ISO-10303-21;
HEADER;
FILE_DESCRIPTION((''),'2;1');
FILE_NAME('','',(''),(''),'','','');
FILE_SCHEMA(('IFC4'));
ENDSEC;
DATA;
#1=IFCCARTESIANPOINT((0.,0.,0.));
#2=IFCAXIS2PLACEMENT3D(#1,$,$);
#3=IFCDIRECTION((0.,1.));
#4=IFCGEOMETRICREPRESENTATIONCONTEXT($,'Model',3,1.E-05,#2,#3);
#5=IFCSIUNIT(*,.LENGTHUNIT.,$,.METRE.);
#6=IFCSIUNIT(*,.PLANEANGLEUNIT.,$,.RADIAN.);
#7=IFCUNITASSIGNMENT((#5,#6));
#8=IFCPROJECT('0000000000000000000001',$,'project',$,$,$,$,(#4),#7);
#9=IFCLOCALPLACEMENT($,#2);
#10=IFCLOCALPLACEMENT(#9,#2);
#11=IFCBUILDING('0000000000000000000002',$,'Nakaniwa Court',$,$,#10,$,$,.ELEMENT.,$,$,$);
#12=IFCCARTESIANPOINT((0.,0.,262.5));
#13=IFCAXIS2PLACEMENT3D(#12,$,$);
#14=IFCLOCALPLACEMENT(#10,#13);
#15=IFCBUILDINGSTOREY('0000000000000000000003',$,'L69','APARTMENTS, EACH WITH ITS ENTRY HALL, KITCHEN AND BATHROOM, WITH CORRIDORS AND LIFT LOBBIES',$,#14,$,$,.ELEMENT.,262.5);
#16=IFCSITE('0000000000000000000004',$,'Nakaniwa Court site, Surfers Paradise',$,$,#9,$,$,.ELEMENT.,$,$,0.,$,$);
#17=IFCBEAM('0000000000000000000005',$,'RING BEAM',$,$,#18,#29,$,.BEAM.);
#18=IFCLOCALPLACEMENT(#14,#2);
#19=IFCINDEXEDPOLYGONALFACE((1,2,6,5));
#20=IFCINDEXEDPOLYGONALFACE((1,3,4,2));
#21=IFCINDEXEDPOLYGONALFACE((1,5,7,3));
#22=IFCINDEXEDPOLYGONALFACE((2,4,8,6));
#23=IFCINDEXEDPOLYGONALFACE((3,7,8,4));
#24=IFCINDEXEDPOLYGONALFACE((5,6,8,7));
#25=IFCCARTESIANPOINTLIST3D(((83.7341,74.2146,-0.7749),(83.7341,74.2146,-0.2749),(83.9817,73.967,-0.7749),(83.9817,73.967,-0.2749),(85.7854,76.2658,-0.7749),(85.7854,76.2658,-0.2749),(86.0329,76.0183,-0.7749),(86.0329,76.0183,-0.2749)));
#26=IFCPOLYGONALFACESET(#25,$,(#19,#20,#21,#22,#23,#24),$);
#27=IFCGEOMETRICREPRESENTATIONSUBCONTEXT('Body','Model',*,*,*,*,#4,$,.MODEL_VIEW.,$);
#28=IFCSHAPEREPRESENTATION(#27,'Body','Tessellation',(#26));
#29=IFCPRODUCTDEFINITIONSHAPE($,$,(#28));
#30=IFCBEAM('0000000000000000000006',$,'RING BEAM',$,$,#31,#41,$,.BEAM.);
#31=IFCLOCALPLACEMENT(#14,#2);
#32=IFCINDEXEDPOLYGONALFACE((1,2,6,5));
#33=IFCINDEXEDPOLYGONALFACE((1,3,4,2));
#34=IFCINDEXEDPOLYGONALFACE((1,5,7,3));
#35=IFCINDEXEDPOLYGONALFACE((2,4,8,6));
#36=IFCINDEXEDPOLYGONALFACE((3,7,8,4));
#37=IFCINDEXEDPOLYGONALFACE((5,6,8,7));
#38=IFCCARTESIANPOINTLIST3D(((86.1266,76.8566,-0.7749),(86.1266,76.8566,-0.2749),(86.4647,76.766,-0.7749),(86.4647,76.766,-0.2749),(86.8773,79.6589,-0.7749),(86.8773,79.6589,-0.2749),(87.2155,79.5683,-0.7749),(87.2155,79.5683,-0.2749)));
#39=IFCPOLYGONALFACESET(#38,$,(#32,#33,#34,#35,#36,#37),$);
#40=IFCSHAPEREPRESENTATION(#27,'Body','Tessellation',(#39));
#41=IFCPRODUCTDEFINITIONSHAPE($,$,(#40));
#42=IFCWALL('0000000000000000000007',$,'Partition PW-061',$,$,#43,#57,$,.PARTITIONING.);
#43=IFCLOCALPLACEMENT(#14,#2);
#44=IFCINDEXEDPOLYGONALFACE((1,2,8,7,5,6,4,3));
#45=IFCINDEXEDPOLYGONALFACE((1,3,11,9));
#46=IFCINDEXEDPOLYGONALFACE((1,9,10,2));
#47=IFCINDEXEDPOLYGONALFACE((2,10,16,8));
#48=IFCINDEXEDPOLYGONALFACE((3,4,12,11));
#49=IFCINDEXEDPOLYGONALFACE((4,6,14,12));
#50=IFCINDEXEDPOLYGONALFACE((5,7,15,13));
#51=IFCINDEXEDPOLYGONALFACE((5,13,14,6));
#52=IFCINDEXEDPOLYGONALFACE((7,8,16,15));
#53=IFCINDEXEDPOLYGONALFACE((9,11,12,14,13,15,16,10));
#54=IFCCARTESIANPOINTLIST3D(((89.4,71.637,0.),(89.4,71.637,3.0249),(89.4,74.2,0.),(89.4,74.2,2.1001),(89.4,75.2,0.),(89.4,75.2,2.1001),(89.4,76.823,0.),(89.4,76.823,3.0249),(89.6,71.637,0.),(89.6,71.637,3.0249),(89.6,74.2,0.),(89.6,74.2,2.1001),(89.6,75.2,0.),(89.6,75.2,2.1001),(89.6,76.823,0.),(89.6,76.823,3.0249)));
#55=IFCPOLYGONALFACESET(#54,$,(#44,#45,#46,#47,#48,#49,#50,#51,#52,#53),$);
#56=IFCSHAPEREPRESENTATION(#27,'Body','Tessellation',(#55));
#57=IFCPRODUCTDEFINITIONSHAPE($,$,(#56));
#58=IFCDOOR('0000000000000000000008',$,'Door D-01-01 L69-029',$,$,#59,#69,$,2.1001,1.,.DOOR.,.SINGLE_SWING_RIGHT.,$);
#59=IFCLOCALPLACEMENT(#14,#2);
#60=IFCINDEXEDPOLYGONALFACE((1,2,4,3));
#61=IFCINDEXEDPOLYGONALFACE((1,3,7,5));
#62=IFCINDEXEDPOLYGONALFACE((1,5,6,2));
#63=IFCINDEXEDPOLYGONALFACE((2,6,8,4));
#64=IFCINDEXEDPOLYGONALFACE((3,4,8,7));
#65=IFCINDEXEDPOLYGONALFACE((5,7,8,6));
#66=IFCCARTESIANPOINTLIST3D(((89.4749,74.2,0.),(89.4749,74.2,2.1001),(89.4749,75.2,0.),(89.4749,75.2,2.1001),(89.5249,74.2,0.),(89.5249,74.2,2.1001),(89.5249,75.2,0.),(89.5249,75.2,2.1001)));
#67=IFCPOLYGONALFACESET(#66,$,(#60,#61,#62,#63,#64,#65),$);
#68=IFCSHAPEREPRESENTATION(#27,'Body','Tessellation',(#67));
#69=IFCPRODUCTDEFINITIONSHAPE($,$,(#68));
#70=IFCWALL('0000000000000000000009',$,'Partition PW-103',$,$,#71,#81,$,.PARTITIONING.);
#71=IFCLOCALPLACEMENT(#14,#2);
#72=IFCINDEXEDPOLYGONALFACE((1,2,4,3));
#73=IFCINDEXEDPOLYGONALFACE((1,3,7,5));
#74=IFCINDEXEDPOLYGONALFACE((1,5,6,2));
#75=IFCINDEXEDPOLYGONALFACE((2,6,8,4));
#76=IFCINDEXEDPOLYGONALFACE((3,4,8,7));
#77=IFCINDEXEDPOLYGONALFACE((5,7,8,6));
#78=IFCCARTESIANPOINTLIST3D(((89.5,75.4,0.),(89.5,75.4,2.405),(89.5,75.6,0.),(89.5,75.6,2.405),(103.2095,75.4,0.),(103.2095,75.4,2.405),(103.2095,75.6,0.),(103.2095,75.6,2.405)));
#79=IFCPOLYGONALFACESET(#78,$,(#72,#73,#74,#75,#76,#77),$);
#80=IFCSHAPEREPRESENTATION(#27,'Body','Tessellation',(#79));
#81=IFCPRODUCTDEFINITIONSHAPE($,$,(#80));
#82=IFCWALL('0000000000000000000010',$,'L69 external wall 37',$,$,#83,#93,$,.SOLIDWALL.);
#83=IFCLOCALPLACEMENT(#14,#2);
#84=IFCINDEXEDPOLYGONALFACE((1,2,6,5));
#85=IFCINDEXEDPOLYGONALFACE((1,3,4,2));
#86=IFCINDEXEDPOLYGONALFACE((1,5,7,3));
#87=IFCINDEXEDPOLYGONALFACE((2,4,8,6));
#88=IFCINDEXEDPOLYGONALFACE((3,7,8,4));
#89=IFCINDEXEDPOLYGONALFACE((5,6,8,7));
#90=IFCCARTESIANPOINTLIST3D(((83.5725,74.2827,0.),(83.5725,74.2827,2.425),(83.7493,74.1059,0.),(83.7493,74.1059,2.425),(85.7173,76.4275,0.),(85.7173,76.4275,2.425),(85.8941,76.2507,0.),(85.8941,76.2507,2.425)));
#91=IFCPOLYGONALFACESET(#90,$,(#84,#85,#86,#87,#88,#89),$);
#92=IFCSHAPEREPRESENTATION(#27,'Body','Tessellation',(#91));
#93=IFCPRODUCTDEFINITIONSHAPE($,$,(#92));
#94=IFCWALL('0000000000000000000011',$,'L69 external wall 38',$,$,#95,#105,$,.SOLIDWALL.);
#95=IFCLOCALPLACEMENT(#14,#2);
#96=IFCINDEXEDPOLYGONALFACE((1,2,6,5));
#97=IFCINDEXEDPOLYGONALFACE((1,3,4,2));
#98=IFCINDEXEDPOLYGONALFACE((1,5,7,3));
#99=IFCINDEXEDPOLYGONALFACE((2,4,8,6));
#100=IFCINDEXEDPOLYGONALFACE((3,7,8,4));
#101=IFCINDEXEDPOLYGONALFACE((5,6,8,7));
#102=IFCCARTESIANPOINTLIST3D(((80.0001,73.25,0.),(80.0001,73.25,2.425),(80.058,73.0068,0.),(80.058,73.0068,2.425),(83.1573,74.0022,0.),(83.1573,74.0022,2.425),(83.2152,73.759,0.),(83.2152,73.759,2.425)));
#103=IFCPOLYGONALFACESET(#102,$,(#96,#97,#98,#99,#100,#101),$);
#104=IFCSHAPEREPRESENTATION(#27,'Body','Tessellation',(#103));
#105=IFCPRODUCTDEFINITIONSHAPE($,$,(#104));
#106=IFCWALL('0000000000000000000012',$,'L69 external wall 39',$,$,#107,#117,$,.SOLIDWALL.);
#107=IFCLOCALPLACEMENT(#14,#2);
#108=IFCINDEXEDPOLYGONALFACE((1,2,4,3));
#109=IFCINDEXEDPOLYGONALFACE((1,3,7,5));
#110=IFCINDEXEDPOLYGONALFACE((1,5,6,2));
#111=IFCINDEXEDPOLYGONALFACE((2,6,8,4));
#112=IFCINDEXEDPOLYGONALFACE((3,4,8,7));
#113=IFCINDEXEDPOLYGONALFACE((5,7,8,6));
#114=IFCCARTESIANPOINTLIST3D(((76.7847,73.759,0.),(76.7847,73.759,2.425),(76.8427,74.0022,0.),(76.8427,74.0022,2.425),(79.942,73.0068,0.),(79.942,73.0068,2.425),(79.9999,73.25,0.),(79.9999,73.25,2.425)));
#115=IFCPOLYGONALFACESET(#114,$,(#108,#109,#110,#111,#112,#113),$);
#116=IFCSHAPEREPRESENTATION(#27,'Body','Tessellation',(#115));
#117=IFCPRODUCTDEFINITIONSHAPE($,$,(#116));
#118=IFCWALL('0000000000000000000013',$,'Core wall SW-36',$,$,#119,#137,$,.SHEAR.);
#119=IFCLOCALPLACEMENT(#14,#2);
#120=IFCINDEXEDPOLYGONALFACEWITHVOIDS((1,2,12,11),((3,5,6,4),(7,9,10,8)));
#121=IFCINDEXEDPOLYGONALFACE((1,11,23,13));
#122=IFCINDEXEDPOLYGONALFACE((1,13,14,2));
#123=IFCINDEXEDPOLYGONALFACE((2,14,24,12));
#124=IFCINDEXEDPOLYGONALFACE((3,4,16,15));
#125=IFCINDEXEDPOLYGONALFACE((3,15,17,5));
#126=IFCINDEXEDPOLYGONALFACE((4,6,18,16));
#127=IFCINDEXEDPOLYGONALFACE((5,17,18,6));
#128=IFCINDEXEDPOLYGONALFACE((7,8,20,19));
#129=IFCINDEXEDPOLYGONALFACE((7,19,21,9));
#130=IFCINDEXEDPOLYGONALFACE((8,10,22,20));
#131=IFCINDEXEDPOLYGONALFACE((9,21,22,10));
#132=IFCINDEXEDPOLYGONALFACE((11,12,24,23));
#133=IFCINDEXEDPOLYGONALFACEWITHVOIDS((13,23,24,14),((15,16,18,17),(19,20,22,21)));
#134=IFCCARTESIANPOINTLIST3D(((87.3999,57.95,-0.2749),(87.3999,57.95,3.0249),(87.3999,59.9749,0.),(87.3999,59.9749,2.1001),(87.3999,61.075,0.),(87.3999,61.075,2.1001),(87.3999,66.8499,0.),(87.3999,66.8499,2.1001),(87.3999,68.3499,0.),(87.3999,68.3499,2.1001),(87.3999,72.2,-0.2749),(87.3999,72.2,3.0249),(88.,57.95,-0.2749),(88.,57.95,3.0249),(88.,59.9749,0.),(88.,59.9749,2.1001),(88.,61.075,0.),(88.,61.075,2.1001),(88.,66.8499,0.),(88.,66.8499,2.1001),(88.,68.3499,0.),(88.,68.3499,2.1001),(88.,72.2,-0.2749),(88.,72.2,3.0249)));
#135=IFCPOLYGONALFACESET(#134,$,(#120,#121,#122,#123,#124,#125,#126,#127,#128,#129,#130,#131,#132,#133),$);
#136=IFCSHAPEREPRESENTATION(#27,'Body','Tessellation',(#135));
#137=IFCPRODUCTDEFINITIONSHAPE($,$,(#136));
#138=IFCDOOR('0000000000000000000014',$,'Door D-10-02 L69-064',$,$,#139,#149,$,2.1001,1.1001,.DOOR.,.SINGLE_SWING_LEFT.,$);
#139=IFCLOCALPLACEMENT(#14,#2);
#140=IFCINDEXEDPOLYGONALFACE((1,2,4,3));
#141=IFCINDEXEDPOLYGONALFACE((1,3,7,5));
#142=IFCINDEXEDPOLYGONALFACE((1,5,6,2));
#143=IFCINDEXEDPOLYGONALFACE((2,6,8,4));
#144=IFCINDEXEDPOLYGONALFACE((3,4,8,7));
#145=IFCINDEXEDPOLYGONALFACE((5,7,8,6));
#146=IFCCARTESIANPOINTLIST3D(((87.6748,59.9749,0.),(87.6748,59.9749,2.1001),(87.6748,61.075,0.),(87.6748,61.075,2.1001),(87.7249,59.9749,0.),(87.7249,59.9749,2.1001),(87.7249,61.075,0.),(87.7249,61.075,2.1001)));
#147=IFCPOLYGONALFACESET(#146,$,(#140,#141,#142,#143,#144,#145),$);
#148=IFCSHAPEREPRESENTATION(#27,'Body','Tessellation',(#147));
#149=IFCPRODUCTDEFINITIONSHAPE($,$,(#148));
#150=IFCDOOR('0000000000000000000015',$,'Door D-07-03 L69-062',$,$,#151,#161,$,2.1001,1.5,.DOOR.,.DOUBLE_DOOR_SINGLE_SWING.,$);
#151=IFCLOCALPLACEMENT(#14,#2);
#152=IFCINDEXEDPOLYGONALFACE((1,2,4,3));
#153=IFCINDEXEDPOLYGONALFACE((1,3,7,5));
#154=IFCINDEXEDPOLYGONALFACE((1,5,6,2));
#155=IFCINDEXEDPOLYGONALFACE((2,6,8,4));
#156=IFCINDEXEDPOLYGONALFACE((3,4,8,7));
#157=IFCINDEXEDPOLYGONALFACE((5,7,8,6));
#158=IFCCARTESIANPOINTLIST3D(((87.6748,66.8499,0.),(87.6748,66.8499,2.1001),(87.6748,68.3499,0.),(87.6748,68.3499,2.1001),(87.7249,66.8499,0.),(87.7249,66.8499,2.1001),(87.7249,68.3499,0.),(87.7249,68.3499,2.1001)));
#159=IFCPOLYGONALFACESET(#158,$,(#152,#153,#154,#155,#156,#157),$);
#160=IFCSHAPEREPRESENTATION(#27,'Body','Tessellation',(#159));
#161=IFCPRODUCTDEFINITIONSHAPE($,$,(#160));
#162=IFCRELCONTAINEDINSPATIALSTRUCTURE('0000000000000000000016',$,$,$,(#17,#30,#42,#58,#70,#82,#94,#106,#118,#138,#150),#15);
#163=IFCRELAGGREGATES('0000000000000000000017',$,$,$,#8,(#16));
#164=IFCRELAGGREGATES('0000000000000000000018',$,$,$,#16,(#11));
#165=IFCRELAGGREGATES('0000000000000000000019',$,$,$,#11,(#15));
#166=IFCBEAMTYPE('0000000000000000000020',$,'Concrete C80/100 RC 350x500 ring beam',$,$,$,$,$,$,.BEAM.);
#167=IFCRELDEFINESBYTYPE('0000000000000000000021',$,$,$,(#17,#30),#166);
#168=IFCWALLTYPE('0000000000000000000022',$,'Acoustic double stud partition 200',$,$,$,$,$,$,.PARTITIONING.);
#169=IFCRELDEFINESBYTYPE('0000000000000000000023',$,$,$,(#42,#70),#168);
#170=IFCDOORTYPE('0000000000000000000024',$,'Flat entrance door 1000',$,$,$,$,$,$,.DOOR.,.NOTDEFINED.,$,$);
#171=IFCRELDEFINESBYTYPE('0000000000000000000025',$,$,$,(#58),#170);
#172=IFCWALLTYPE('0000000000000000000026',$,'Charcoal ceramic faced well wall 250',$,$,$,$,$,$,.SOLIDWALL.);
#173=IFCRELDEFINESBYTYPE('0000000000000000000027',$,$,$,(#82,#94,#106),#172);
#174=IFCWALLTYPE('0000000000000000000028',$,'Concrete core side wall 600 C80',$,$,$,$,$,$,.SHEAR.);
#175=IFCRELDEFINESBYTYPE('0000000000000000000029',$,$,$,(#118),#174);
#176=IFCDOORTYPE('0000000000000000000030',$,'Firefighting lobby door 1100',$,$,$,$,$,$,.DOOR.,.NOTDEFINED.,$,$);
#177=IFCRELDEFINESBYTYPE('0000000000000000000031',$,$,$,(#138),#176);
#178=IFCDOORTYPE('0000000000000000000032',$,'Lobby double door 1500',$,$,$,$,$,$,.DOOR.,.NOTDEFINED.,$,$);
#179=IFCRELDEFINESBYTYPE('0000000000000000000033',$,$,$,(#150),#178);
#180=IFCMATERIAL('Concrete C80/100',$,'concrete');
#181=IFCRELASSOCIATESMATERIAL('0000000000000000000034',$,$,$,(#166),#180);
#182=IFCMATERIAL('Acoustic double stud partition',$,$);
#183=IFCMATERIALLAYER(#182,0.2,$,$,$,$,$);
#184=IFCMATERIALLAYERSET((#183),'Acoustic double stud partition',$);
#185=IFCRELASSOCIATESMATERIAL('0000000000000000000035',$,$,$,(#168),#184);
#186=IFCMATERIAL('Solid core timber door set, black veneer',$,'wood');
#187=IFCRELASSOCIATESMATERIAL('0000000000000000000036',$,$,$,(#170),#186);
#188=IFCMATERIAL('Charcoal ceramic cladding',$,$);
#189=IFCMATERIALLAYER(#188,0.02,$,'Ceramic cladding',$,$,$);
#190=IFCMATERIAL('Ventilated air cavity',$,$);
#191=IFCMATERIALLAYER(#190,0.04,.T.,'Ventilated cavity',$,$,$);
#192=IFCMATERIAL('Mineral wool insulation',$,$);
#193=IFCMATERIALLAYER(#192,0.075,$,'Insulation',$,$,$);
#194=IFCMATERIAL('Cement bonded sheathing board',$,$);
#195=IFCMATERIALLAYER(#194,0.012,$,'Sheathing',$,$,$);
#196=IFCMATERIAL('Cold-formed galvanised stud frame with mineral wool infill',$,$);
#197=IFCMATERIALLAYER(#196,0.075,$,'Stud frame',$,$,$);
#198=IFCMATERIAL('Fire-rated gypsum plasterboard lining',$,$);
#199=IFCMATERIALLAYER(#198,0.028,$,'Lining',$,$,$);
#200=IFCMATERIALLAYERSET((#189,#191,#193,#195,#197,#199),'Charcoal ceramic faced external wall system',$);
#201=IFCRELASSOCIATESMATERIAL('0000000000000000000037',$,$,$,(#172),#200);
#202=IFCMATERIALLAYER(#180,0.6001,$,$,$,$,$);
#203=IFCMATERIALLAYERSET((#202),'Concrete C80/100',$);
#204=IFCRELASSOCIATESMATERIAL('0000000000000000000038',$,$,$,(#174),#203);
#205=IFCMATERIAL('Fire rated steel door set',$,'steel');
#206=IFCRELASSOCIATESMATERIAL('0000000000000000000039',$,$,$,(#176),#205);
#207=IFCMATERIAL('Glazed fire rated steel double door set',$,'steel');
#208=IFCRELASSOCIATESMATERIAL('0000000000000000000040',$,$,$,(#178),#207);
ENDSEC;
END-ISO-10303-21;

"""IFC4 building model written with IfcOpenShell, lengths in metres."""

from ifc_helpers import new_model, si_unit, direction, frame, frame_2d, origin, origin_2d, place, context, subcontext, project, spatial, rectangle, extrude, material, layer, layer_set, material_profile, profile_set, type_object, element, fill, save


model = new_model("IFC4")

# Units and contexts
model_context = context("Model", 3, precision=1e-05, world=origin(), true_north=direction((0.0, 1.0)))
body_context = subcontext(model_context, "Body", "Model", "MODEL_VIEW")
ifc_project = project(units=[si_unit("LENGTHUNIT", "METRE"), si_unit("PLANEANGLEUNIT", "RADIAN")], contexts=[model_context])

# Site, building, storey
site_placement = place(None, origin())
site = spatial("IfcSite", under=ifc_project, at=site_placement, Name="Nakaniwa Court site, Surfers Paradise", CompositionType="ELEMENT", RefElevation=0.0)
building_placement = place(site_placement, origin())
building = spatial("IfcBuilding", under=site, at=building_placement, Name="Nakaniwa Court", CompositionType="ELEMENT")
storey_placement = place(building_placement, frame((0.0, 0.0, 262.5)))
storey = spatial("IfcBuildingStorey", under=building, at=storey_placement, Name="L69", Description="APARTMENTS, EACH WITH ITS ENTRY HALL, KITCHEN AND BATHROOM, WITH CORRIDORS AND LIFT LOBBIES", CompositionType="ELEMENT", Elevation=262.5)

# Shared definitions
ifc_material_1 = material(Name="Concrete C80/100", Category="concrete")

# Beams
ifc_material_profile_1 = material_profile(ifc_material_1, rectangle(XDim=0.3501, YDim=0.5, at=origin_2d()), Name="Concrete C80/100 RC 350x500 ring beam")
ifc_profile_set_1 = profile_set([ifc_material_profile_1], Name="Concrete C80/100")
beam_type = type_object("IfcBeamType", Name="Concrete C80/100 RC 350x500 ring beam", PredefinedType="BEAM", material=ifc_profile_set_1)
beam_1_placement = place(storey_placement, frame((83.8579, 74.0908, -0.5249), z_axis=(0.707107, 0.707107, 0.0), x_axis=(-0.707107, 0.707107, 0.0)))
element("IfcBeam", 1, at=beam_1_placement, inside=storey, type_object=beam_type, Name="RING BEAM", PredefinedType="BEAM", context=body_context, shape_type="SweptSolid", body=[
    extrude(rectangle(XDim=0.3501, YDim=0.5, at=origin_2d()), origin(), (0.0, 0.0, 1.0), 2.9009),
])
beam_2_placement = place(storey_placement, frame((86.2957, 76.8113, -0.5249), z_axis=(0.258778, 0.965937, 0.0), x_axis=(-0.965937, 0.258778, 0.0)))
element("IfcBeam", 2, at=beam_2_placement, inside=storey, type_object=beam_type, Name="RING BEAM", PredefinedType="BEAM", context=body_context, shape_type="SweptSolid", body=[
    extrude(rectangle(XDim=0.3501, YDim=0.5, at=origin_2d()), origin(), (0.0, 0.0, 1.0), 2.9011),
])

# Wall, opening, door
ifc_material_2 = material(Name="Acoustic double stud partition")
ifc_layer_1 = layer(ifc_material_2, 0.2)
ifc_layer_set_1 = layer_set([ifc_layer_1], Name="Acoustic double stud partition")
wall_type_1 = type_object("IfcWallType", Name="Acoustic double stud partition 200", PredefinedType="PARTITIONING", material=ifc_layer_set_1)
wall_1_placement = place(storey_placement, frame((89.5, 76.823, 0.0), z_axis=(0.0, 0.0, 1.0), x_axis=(0.0, -1.0, 0.0)))
wall_1 = element("IfcWall", 3, at=wall_1_placement, inside=storey, type_object=wall_type_1, Name="Partition PW-061", PredefinedType="PARTITIONING", context=body_context, shape_type="SweptSolid", body=[
    extrude(rectangle(XDim=5.186, YDim=0.2, at=frame_2d((2.593, 0.0))), origin(), (0.0, 0.0, 1.0), 3.0249),
])
opening_1_placement = place(wall_1_placement, frame((1.623, 0.0, 0.0)))
opening_1 = element("IfcOpeningElement", 4, at=opening_1_placement, cuts=wall_1, PredefinedType="OPENING", context=body_context, shape_type="SweptSolid", body=[
    extrude(rectangle(XDim=1.0, YDim=2.1001, at=frame_2d((0.5, 1.05))), frame((0.0, 0.1099, 0.0), z_axis=(0.0, -1.0, 0.0), x_axis=(1.0, 0.0, 0.0)), (0.0, 0.0, 1.0), 0.22),
])
ifc_material_3 = material(Name="Solid core timber door set, black veneer", Category="wood")
door_type_1 = type_object("IfcDoorType", Name="Flat entrance door 1000", OperationType="NOTDEFINED", PredefinedType="DOOR", material=ifc_material_3)
door_1_placement = place(opening_1_placement, origin())
door_1 = element("IfcDoor", 5, at=door_1_placement, inside=storey, type_object=door_type_1, Name="Door D-01-01 L69-029", OperationType="SINGLE_SWING_RIGHT", OverallHeight=2.1001, OverallWidth=1.0, PredefinedType="DOOR", context=body_context, shape_type="SweptSolid", body=[
    extrude(rectangle(XDim=1.0, YDim=2.1001, at=frame_2d((0.5, 1.05))), frame((0.0, 0.0249, 0.0), z_axis=(0.0, -1.0, 0.0), x_axis=(1.0, 0.0, 0.0)), (0.0, 0.0, 1.0), 0.05),
])
fill(opening_1, door_1)

# Walls
wall_2_placement = place(storey_placement, frame((89.5, 75.5, 0.0), z_axis=(0.0, 0.0, 1.0), x_axis=(1.0, 0.0, 0.0)))
element("IfcWall", 6, at=wall_2_placement, inside=storey, type_object=wall_type_1, Name="Partition PW-103", PredefinedType="PARTITIONING", context=body_context, shape_type="SweptSolid", body=[
    extrude(rectangle(XDim=13.7095, YDim=0.2, at=frame_2d((6.8547, 0.0))), origin(), (0.0, 0.0, 1.0), 2.405),
])
ifc_material_4 = material(Name="Charcoal ceramic cladding")
ifc_layer_2 = layer(ifc_material_4, 0.02, Name="Ceramic cladding")
ifc_material_5 = material(Name="Ventilated air cavity")
ifc_layer_3 = layer(ifc_material_5, 0.04, ventilated=True, Name="Ventilated cavity")
ifc_material_6 = material(Name="Mineral wool insulation")
ifc_layer_4 = layer(ifc_material_6, 0.075, Name="Insulation")
ifc_material_7 = material(Name="Cement bonded sheathing board")
ifc_layer_5 = layer(ifc_material_7, 0.012, Name="Sheathing")
ifc_material_8 = material(Name="Cold-formed galvanised stud frame with mineral wool infill")
ifc_layer_6 = layer(ifc_material_8, 0.075, Name="Stud frame")
ifc_material_9 = material(Name="Fire-rated gypsum plasterboard lining")
ifc_layer_7 = layer(ifc_material_9, 0.028, Name="Lining")
ifc_layer_set_2 = layer_set([ifc_layer_2, ifc_layer_3, ifc_layer_4, ifc_layer_5, ifc_layer_6, ifc_layer_7], Name="Charcoal ceramic faced external wall system")
wall_type_2 = type_object("IfcWallType", Name="Charcoal ceramic faced well wall 250", PredefinedType="SOLIDWALL", material=ifc_layer_set_2)
wall_3_placement = place(storey_placement, frame((85.8057, 76.3391, 0.0), z_axis=(0.0, 0.0, 1.0), x_axis=(-0.707107, -0.707107, 0.0)))
element("IfcWall", 7, at=wall_3_placement, inside=storey, type_object=wall_type_2, Name="L69 external wall 37", PredefinedType="SOLIDWALL", context=body_context, shape_type="SweptSolid", body=[
    extrude(rectangle(XDim=3.0332, YDim=0.25, at=frame_2d((1.5166, 0.0))), origin(), (0.0, 0.0, 1.0), 2.425),
])
for number, where, z_axis, x_axis, name in (
    (8, (83.1863, 73.8806, 0.0), (0.0, 0.0, 1.0), (-0.972773, -0.23176, 0.0), "L69 external wall 38"),
    (9, (79.9709, 73.1284, 0.0), (0.0, 0.0, 1.0), (-0.972773, 0.23176, 0.0), "L69 external wall 39"),
):
    element("IfcWall", number, at=place(storey_placement, frame(where, z_axis=z_axis, x_axis=x_axis)), inside=storey, type_object=wall_type_2, Name=name, PredefinedType="SOLIDWALL", context=body_context, shape_type="SweptSolid", body=[
        extrude(rectangle(XDim=3.2456, YDim=0.25, at=frame_2d((1.6228, 0.0))), origin(), (0.0, 0.0, 1.0), 2.425),
    ])

# Wall, openings, doors
ifc_layer_8 = layer(ifc_material_1, 0.6001)
ifc_layer_set_3 = layer_set([ifc_layer_8], Name="Concrete C80/100")
wall_type_3 = type_object("IfcWallType", Name="Concrete core side wall 600 C80", PredefinedType="SHEAR", material=ifc_layer_set_3)
wall_4_placement = place(storey_placement, frame((87.7, 72.2, -0.2749), z_axis=(0.0, 0.0, 1.0), x_axis=(0.0, -1.0, 0.0)))
wall_4 = element("IfcWall", 10, at=wall_4_placement, inside=storey, type_object=wall_type_3, Name="Core wall SW-36", PredefinedType="SHEAR", context=body_context, shape_type="SweptSolid", body=[
    extrude(rectangle(XDim=14.25, YDim=0.6001, at=frame_2d((7.125, 0.0))), origin(), (0.0, 0.0, 1.0), 3.2998),
])
opening_2_placement = place(wall_4_placement, frame((3.8501, 0.0, 0.2749)))
opening_2 = element("IfcOpeningElement", 11, at=opening_2_placement, cuts=wall_4, PredefinedType="OPENING", context=body_context, shape_type="SweptSolid", body=[
    extrude(rectangle(XDim=1.5, YDim=2.1001, at=frame_2d((0.75, 1.05))), frame((0.0, 0.3101, 0.0), z_axis=(0.0, -1.0, 0.0), x_axis=(1.0, 0.0, 0.0)), (0.0, 0.0, 1.0), 0.6201),
])
opening_3_placement = place(wall_4_placement, frame((11.125, 0.0, 0.2749)))
opening_3 = element("IfcOpeningElement", 12, at=opening_3_placement, cuts=wall_4, PredefinedType="OPENING", context=body_context, shape_type="SweptSolid", body=[
    extrude(rectangle(XDim=1.1001, YDim=2.1001, at=frame_2d((0.55, 1.05))), frame((0.0, 0.3101, 0.0), z_axis=(0.0, -1.0, 0.0), x_axis=(1.0, 0.0, 0.0)), (0.0, 0.0, 1.0), 0.6201),
])
ifc_material_10 = material(Name="Fire rated steel door set", Category="steel")
door_type_2 = type_object("IfcDoorType", Name="Firefighting lobby door 1100", OperationType="NOTDEFINED", PredefinedType="DOOR", material=ifc_material_10)
door_2_placement = place(opening_3_placement, origin())
door_2 = element("IfcDoor", 13, at=door_2_placement, inside=storey, type_object=door_type_2, Name="Door D-10-02 L69-064", OperationType="SINGLE_SWING_LEFT", OverallHeight=2.1001, OverallWidth=1.1001, PredefinedType="DOOR", context=body_context, shape_type="SweptSolid", body=[
    extrude(rectangle(XDim=1.1001, YDim=2.1001, at=frame_2d((0.55, 1.05))), frame((0.0, 0.0249, 0.0), z_axis=(0.0, -1.0, 0.0), x_axis=(1.0, 0.0, 0.0)), (0.0, 0.0, 1.0), 0.05),
])
fill(opening_3, door_2)
ifc_material_11 = material(Name="Glazed fire rated steel double door set", Category="steel")
door_type_3 = type_object("IfcDoorType", Name="Lobby double door 1500", OperationType="NOTDEFINED", PredefinedType="DOOR", material=ifc_material_11)
door_3_placement = place(opening_2_placement, origin())
door_3 = element("IfcDoor", 14, at=door_3_placement, inside=storey, type_object=door_type_3, Name="Door D-07-03 L69-062", OperationType="DOUBLE_DOOR_SINGLE_SWING", OverallHeight=2.1001, OverallWidth=1.5, PredefinedType="DOOR", context=body_context, shape_type="SweptSolid", body=[
    extrude(rectangle(XDim=1.5, YDim=2.1001, at=frame_2d((0.75, 1.05))), frame((0.0, 0.0249, 0.0), z_axis=(0.0, -1.0, 0.0), x_axis=(1.0, 0.0, 0.0)), (0.0, 0.0, 1.0), 0.05),
])
fill(opening_2, door_3)

save(model, "model.ifc")
